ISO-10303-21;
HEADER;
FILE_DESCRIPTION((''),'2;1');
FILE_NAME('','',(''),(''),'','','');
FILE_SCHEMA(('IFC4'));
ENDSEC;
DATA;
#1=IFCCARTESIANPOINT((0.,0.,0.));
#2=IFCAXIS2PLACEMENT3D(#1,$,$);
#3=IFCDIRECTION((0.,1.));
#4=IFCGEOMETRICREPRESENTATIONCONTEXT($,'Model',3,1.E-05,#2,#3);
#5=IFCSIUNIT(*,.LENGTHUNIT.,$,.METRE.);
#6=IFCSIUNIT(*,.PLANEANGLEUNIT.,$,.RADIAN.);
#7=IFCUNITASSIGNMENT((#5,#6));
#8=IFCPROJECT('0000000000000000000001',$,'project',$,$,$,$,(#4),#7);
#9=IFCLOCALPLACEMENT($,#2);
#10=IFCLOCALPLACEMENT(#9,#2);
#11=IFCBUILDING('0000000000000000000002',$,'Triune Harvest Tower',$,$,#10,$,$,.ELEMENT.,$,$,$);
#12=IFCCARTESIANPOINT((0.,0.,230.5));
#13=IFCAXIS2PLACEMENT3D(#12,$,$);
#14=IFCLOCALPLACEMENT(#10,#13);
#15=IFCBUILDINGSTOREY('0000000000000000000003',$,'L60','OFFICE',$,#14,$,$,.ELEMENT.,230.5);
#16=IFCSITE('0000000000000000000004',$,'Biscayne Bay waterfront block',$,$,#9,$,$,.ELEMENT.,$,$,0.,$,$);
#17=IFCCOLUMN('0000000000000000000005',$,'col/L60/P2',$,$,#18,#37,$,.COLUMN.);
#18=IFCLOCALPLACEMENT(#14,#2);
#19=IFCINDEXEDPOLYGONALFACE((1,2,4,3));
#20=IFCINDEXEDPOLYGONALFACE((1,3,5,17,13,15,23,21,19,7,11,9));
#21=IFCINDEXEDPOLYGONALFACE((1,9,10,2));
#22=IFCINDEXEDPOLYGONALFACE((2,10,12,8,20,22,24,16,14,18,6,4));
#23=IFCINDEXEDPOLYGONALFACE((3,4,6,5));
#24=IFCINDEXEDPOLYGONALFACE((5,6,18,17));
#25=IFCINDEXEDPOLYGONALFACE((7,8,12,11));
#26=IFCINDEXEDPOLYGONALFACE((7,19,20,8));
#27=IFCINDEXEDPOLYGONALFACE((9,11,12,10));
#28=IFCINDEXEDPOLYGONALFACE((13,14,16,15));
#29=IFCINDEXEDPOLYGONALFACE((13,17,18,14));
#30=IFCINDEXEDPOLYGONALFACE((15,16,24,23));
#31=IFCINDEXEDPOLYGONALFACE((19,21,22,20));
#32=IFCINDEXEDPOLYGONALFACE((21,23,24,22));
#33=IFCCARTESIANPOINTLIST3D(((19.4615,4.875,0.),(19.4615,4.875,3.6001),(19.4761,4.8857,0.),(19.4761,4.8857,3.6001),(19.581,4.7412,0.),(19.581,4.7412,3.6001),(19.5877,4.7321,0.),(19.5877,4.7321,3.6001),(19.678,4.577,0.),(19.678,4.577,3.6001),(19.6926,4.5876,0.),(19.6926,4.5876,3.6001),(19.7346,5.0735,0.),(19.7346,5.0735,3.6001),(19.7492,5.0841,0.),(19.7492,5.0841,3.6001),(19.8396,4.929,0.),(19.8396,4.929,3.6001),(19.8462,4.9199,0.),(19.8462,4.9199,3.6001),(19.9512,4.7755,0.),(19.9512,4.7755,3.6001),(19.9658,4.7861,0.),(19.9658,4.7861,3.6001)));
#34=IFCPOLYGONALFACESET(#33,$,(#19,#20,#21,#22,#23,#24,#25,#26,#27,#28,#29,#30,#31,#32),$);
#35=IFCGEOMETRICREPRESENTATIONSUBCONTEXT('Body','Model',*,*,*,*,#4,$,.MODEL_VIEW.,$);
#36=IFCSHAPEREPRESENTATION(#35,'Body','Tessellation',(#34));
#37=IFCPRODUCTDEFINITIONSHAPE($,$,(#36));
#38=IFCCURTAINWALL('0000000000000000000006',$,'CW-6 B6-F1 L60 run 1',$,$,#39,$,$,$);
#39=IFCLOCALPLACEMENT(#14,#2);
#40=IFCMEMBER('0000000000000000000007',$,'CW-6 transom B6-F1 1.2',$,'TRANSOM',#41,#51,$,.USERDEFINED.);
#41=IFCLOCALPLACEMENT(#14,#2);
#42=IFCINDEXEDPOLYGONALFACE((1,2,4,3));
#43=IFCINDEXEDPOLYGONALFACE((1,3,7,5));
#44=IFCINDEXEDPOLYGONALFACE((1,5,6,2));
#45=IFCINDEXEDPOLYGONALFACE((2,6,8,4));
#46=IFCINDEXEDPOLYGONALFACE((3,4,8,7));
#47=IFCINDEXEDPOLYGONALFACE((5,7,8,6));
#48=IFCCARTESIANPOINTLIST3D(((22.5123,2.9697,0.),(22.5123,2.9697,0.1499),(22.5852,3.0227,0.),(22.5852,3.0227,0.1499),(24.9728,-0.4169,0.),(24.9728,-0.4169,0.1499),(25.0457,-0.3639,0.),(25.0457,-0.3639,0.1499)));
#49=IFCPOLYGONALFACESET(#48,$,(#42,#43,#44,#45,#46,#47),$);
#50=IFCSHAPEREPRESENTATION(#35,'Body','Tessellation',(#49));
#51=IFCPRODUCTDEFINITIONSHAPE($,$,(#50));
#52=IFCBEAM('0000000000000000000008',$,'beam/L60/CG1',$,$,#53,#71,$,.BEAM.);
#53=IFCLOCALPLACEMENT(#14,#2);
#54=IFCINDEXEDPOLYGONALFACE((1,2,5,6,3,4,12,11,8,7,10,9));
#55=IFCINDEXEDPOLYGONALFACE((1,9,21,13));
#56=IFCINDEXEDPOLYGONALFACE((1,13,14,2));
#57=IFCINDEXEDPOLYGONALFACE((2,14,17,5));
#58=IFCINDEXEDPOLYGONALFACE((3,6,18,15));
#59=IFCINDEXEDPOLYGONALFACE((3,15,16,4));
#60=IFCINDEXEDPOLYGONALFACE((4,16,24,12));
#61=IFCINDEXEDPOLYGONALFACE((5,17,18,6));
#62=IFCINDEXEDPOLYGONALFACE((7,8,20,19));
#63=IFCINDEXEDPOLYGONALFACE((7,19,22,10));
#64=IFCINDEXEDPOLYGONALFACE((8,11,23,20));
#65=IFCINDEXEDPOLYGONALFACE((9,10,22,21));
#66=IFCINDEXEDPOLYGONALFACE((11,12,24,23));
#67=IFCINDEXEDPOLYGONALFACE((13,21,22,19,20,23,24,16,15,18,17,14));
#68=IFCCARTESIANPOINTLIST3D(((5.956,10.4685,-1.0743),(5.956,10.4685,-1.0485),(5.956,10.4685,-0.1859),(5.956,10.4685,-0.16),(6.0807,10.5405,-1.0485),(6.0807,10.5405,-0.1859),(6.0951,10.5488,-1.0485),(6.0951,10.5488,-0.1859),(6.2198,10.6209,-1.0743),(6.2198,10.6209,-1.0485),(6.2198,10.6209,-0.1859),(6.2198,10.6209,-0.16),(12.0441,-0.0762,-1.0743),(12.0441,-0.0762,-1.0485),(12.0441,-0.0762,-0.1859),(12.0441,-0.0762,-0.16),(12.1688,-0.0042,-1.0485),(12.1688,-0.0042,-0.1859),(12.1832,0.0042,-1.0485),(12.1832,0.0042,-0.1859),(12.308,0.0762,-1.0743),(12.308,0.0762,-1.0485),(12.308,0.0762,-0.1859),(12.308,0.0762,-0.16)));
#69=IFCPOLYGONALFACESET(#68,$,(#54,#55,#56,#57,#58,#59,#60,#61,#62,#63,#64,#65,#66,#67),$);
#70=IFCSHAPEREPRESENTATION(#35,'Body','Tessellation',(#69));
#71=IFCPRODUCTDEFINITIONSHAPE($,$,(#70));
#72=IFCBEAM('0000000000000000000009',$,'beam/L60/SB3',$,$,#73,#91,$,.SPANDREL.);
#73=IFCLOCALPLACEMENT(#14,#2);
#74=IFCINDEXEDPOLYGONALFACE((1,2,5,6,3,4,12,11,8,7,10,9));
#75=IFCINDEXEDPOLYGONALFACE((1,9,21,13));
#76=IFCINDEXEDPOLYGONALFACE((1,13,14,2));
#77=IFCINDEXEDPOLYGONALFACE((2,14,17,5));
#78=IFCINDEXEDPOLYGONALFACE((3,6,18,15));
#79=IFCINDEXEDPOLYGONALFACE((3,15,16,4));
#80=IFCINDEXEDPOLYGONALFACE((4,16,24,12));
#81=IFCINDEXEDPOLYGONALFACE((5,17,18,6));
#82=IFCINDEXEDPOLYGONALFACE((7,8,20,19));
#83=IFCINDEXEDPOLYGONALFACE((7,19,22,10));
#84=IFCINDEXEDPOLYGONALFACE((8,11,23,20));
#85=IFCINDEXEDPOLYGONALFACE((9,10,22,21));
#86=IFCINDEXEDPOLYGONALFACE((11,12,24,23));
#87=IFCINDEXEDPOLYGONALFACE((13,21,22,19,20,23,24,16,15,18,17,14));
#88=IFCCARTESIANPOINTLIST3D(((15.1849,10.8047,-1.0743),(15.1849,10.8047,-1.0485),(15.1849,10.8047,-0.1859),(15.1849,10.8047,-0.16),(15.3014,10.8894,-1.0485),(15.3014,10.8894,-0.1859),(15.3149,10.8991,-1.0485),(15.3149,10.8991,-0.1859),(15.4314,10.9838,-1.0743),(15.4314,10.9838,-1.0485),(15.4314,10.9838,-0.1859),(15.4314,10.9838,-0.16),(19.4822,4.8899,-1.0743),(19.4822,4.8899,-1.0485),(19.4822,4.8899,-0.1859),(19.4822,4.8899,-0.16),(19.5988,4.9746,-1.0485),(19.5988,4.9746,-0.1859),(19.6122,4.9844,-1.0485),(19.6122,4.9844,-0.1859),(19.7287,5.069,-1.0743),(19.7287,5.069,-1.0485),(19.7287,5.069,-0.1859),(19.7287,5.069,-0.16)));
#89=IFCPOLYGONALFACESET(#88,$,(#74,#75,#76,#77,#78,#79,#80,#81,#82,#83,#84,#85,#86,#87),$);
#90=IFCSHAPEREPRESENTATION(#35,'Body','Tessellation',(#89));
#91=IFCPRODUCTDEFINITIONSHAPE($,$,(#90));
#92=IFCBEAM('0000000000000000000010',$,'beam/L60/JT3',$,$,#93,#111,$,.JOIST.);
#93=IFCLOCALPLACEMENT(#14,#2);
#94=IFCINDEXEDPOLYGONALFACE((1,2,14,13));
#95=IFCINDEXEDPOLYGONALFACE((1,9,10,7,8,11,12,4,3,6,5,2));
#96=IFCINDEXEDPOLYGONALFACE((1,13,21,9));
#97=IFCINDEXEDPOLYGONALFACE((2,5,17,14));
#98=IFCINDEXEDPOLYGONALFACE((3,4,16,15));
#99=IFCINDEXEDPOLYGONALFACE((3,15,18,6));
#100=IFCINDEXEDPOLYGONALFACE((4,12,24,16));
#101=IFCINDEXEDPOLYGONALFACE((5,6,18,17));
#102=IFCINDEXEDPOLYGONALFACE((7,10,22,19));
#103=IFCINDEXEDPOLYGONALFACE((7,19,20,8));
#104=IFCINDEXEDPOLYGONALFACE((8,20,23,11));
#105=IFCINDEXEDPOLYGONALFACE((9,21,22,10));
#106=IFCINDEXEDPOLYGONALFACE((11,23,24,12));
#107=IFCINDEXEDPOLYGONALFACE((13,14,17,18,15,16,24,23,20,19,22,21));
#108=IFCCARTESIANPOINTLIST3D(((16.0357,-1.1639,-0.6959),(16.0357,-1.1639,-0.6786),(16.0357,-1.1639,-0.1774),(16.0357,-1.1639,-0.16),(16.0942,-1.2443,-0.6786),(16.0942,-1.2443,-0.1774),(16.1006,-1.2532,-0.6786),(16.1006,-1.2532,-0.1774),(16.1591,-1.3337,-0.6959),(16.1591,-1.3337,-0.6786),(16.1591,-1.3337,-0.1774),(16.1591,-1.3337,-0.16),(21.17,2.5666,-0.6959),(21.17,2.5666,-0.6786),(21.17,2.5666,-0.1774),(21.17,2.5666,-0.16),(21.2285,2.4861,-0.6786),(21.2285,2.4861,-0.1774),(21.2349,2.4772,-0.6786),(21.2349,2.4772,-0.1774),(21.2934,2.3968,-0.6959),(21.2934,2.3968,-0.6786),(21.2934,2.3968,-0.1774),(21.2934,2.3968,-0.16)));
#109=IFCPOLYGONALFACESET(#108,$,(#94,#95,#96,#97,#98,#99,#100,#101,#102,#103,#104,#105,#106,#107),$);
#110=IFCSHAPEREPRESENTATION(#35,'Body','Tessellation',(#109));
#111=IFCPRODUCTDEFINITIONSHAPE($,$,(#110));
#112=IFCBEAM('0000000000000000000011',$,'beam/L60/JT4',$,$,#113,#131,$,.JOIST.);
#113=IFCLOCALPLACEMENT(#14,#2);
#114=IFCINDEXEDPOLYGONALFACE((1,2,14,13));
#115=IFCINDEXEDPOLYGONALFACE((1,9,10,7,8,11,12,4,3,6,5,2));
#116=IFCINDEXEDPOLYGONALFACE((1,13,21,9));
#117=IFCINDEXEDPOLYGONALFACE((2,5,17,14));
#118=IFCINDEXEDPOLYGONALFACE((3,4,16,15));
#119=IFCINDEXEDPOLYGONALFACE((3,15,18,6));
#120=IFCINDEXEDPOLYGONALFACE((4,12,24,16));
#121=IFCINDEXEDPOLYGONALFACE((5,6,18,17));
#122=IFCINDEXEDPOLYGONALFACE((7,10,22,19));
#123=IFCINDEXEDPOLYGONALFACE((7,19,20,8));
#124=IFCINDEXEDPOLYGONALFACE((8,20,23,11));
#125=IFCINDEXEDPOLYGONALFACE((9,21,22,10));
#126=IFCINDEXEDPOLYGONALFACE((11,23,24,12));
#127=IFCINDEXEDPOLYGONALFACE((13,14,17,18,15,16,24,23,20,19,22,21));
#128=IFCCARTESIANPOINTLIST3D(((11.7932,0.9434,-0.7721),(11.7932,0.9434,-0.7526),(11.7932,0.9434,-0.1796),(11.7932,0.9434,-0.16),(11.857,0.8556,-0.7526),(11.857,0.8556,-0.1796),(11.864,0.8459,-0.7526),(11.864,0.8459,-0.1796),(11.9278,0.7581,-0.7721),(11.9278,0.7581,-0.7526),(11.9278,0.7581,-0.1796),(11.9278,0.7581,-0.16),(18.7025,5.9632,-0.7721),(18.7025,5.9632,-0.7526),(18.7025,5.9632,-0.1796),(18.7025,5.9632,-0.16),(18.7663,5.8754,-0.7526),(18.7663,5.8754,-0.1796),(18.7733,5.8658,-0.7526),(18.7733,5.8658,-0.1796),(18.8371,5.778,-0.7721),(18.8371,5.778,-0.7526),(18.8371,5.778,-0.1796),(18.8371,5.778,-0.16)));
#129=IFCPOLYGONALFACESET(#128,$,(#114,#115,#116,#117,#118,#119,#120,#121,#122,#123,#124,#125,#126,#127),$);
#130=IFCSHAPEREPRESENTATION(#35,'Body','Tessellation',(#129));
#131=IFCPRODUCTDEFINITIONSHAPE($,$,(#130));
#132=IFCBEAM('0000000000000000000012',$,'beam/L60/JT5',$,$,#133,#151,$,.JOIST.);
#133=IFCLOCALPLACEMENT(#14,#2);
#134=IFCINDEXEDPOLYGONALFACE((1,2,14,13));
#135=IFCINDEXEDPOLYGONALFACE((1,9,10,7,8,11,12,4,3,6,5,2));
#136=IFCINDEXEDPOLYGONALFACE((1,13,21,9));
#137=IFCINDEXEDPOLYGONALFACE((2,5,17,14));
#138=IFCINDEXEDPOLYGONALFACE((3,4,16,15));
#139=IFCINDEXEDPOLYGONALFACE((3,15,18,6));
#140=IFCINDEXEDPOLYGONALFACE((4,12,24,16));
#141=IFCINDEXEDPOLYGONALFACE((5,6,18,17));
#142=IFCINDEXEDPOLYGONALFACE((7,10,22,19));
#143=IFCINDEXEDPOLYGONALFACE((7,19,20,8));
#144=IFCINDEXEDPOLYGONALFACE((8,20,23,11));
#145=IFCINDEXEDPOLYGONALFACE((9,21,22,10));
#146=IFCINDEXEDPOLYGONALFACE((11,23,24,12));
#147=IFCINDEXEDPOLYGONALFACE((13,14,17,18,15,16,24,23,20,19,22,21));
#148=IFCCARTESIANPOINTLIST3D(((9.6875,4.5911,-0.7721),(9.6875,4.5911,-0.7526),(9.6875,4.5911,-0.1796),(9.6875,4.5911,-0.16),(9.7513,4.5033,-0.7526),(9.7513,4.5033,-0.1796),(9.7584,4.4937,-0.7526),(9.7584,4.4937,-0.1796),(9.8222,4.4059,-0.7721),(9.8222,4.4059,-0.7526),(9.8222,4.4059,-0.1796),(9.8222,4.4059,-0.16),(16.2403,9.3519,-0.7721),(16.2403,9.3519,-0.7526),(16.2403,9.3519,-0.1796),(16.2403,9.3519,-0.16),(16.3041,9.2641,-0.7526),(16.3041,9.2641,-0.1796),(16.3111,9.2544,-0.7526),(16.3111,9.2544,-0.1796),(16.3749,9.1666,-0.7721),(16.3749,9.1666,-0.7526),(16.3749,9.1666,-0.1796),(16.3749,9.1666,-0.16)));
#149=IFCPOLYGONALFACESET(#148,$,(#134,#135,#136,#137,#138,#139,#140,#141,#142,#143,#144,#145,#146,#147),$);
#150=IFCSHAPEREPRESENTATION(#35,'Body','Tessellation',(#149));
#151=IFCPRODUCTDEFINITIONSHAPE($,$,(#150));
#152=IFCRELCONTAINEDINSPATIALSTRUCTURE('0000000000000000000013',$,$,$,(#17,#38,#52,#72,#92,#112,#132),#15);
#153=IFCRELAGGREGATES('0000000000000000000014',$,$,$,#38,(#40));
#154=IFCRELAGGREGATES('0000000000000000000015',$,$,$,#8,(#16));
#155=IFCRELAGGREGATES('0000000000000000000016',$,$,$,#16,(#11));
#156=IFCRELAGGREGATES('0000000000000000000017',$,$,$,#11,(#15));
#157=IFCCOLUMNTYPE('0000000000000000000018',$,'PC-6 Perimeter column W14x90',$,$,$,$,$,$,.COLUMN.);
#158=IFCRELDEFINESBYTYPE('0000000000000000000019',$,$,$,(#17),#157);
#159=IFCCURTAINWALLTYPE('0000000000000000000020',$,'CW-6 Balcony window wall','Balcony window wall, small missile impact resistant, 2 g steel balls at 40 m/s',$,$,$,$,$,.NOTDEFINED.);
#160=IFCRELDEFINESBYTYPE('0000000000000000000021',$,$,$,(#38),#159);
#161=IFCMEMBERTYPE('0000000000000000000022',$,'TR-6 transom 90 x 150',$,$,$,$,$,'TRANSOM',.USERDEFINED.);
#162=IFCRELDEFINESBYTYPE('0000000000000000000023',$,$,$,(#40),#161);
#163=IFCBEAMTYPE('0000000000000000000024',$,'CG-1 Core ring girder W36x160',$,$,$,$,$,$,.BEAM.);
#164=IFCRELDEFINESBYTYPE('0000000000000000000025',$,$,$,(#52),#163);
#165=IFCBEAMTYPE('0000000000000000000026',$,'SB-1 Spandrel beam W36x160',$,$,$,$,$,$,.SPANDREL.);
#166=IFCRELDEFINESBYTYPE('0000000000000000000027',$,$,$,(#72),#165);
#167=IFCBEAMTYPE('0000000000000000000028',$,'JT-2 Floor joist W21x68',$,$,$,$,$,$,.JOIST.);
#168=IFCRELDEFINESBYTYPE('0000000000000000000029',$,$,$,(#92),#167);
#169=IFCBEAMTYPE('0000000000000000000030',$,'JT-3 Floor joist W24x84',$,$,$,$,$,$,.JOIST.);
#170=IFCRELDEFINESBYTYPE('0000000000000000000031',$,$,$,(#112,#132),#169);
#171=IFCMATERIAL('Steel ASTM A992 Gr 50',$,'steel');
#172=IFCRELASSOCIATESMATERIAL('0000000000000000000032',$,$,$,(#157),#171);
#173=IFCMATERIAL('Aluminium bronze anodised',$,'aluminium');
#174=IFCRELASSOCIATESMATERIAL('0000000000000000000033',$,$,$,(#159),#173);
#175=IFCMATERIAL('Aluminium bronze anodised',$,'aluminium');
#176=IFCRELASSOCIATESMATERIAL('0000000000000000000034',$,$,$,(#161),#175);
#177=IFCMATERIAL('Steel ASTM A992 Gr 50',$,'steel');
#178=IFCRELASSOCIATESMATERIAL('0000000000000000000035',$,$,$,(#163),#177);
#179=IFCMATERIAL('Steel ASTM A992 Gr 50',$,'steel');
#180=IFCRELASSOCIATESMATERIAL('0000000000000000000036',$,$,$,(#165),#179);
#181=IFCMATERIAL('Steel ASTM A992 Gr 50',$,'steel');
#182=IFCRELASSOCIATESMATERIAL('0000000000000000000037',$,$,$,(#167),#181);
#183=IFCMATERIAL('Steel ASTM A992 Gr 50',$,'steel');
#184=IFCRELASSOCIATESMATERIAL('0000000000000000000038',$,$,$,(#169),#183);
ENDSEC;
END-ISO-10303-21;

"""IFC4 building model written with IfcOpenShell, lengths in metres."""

from ifc_helpers import new_model, si_unit, direction, frame, origin, origin_2d, place, context, subcontext, project, spatial, rectangle, i_section, extrude, source, transform, mapped, material, material_profile, profile_set, type_object, element, aggregate, save


model = new_model("IFC4")

# Units and contexts
model_context = context("Model", 3, precision=1e-05, world=origin(), true_north=direction((0.0, 1.0)))
body_context = subcontext(model_context, "Body", "Model", "MODEL_VIEW")
ifc_project = project(units=[si_unit("LENGTHUNIT", "METRE"), si_unit("PLANEANGLEUNIT", "RADIAN")], contexts=[model_context])

# Site, building, storey
site_placement = place(None, origin())
site = spatial("IfcSite", under=ifc_project, at=site_placement, Name="Biscayne Bay waterfront block", CompositionType="ELEMENT", RefElevation=0.0)
building_placement = place(site_placement, origin())
building = spatial("IfcBuilding", under=site, at=building_placement, Name="Triune Harvest Tower", CompositionType="ELEMENT")
storey_placement = place(building_placement, frame((0.0, 0.0, 230.5)))
storey = spatial("IfcBuildingStorey", under=building, at=storey_placement, Name="L60", Description="OFFICE", CompositionType="ELEMENT", Elevation=230.5)

# Column
ifc_material_1 = material(Name="Steel ASTM A992 Gr 50", Category="steel")
ifc_material_profile_1 = material_profile(ifc_material_1, i_section(OverallWidth=0.3684, OverallDepth=0.3557, WebThickness=0.0112, FlangeThickness=0.0181, at=origin_2d()), Name="W14x90")
ifc_profile_set_1 = profile_set([ifc_material_profile_1], Name="Steel ASTM A992 Gr 50")
column_type = type_object("IfcColumnType", Name="PC-6 Perimeter column W14x90", PredefinedType="COLUMN", material=ifc_profile_set_1)
shared_shape_1 = source(origin(), body_context, "Body", "SweptSolid", [
    extrude(i_section(OverallWidth=0.3684, OverallDepth=0.3557, WebThickness=0.0112, FlangeThickness=0.0181, at=origin_2d()), origin(), (0.0, 0.0, 1.0), 3.6001),
])
column_placement = place(storey_placement, frame((19.7136, 4.8306, 0.0), z_axis=(0.0, 0.0, 1.0), x_axis=(-0.587785, 0.809017, 0.0)))
element("IfcColumn", 1, at=column_placement, inside=storey, type_object=column_type, Name="col/L60/P2", PredefinedType="COLUMN", context=body_context, shape_type="MappedRepresentation", body=[
    mapped(shared_shape_1, transform((0.0, 0.0, 0.0), scale=1.0)),
])

# Curtain wall, member
ifc_material_2 = material(Name="Aluminium bronze anodised", Category="aluminium")
curtain_wall_type_1 = type_object("IfcCurtainWallType", Name="CW-6 Balcony window wall", Description="Balcony window wall, small missile impact resistant, 2 g steel balls at 40 m/s", PredefinedType="NOTDEFINED", material=ifc_material_2)
curtain_wall_1_placement = place(storey_placement, origin())
curtain_wall_1 = element("IfcCurtainWall", 2, at=curtain_wall_1_placement, inside=storey, type_object=curtain_wall_type_1, Name="CW-6 B6-F1 L60 run 1")
ifc_material_3 = material(Name="Aluminium bronze anodised", Category="aluminium")
ifc_material_profile_2 = material_profile(ifc_material_3, rectangle(XDim=0.0901, YDim=0.1499, at=origin_2d()), Name="TR-6 transom 90 x 150")
ifc_profile_set_2 = profile_set([ifc_material_profile_2], Name="Aluminium bronze anodised")
member_type_1 = type_object("IfcMemberType", Name="TR-6 transom 90 x 150", ElementType="TRANSOM", PredefinedType="USERDEFINED", material=ifc_profile_set_2)
member_1_placement = place(storey_placement, frame((25.0093, -0.3904, 0.075), z_axis=(-0.58779, 0.809013, 0.0), x_axis=(-0.809013, -0.58779, 0.0)))
member_1 = element("IfcMember", 3, at=member_1_placement, type_object=member_type_1, Name="CW-6 transom B6-F1 1.2", ObjectType="TRANSOM", PredefinedType="USERDEFINED", context=body_context, shape_type="SweptSolid", body=[
    extrude(rectangle(XDim=0.0901, YDim=0.1499, at=origin_2d()), origin(), (0.0, 0.0, 1.0), 4.186),
])

# Beams
ifc_material_4 = material(Name="Steel ASTM A992 Gr 50", Category="steel")
ifc_material_profile_3 = material_profile(ifc_material_4, i_section(OverallWidth=0.3047, OverallDepth=0.9143, WebThickness=0.0166, FlangeThickness=0.0259, at=origin_2d()), Name="W36x160")
ifc_profile_set_3 = profile_set([ifc_material_profile_3], Name="Steel ASTM A992 Gr 50")
beam_type_1 = type_object("IfcBeamType", Name="CG-1 Core ring girder W36x160", PredefinedType="BEAM", material=ifc_profile_set_3)
shared_shape_2 = source(origin(), body_context, "Body", "SweptSolid", [
    extrude(i_section(OverallWidth=0.3047, OverallDepth=0.9143, WebThickness=0.0166, FlangeThickness=0.0259, at=origin_2d()), origin(), (0.0, 0.0, 1.0), 12.176),
])
beam_1_placement = place(storey_placement, frame((12.176, 0.0, -0.6172), z_axis=(-0.50001, 0.86602, 0.0), x_axis=(-0.86602, -0.50001, 0.0)))
element("IfcBeam", 4, at=beam_1_placement, inside=storey, type_object=beam_type_1, Name="beam/L60/CG1", PredefinedType="BEAM", context=body_context, shape_type="MappedRepresentation", body=[
    mapped(shared_shape_2, transform((0.0, 0.0, 0.0), scale=1.0)),
])
ifc_material_5 = material(Name="Steel ASTM A992 Gr 50", Category="steel")
ifc_material_profile_4 = material_profile(ifc_material_5, i_section(OverallWidth=0.3047, OverallDepth=0.9143, WebThickness=0.0166, FlangeThickness=0.0259, at=origin_2d()), Name="W36x160")
ifc_profile_set_4 = profile_set([ifc_material_profile_4], Name="Steel ASTM A992 Gr 50")
beam_type_2 = type_object("IfcBeamType", Name="SB-1 Spandrel beam W36x160", PredefinedType="SPANDREL", material=ifc_profile_set_4)
shared_shape_3 = source(origin(), body_context, "Body", "SweptSolid", [
    extrude(i_section(OverallWidth=0.3047, OverallDepth=0.9143, WebThickness=0.0166, FlangeThickness=0.0259, at=origin_2d()), origin(), (0.0, 0.0, 1.0), 7.311),
])
beam_2_placement = place(storey_placement, frame((19.6055, 4.9795, -0.6172), z_axis=(-0.587786, 0.809016, 0.0), x_axis=(-0.809016, -0.587786, 0.0)))
element("IfcBeam", 5, at=beam_2_placement, inside=storey, type_object=beam_type_2, Name="beam/L60/SB3", PredefinedType="SPANDREL", context=body_context, shape_type="MappedRepresentation", body=[
    mapped(shared_shape_3, transform((0.0, 0.0, 0.0), scale=1.0)),
])
ifc_material_6 = material(Name="Steel ASTM A992 Gr 50", Category="steel")
ifc_material_profile_5 = material_profile(ifc_material_6, i_section(OverallWidth=0.21, OverallDepth=0.5359, WebThickness=0.011, FlangeThickness=0.0173, at=origin_2d()), Name="W21x68")
ifc_profile_set_5 = profile_set([ifc_material_profile_5], Name="Steel ASTM A992 Gr 50")
beam_type_3 = type_object("IfcBeamType", Name="JT-2 Floor joist W21x68", PredefinedType="JOIST", material=ifc_profile_set_5)
shared_shape_4 = source(origin(), body_context, "Body", "SweptSolid", [
    extrude(i_section(OverallWidth=0.21, OverallDepth=0.5359, WebThickness=0.011, FlangeThickness=0.0173, at=origin_2d()), origin(), (0.0, 0.0, 1.0), 6.3464),
])
beam_3_placement = place(storey_placement, frame((21.2317, 2.4817, -0.428), z_axis=(-0.809002, -0.587806, 0.0), x_axis=(0.587806, -0.809002, 0.0)))
element("IfcBeam", 6, at=beam_3_placement, inside=storey, type_object=beam_type_3, Name="beam/L60/JT3", PredefinedType="JOIST", context=body_context, shape_type="MappedRepresentation", body=[
    mapped(shared_shape_4, transform((0.0, 0.0, 0.0), scale=1.0)),
])
ifc_material_7 = material(Name="Steel ASTM A992 Gr 50", Category="steel")
ifc_material_profile_6 = material_profile(ifc_material_7, i_section(OverallWidth=0.229, OverallDepth=0.6121, WebThickness=0.012, FlangeThickness=0.0195, at=origin_2d()), Name="W24x84")
ifc_profile_set_6 = profile_set([ifc_material_profile_6], Name="Steel ASTM A992 Gr 50")
beam_type_4 = type_object("IfcBeamType", Name="JT-3 Floor joist W24x84", PredefinedType="JOIST", material=ifc_profile_set_6)
shared_shape_5 = source(origin(), body_context, "Body", "SweptSolid", [
    extrude(i_section(OverallWidth=0.229, OverallDepth=0.6121, WebThickness=0.012, FlangeThickness=0.0195, at=origin_2d()), origin(), (0.0, 0.0, 1.0), 8.5403),
])
beam_4_placement = place(storey_placement, frame((18.7698, 5.8706, -0.4661), z_axis=(-0.809019, -0.587782, 0.0), x_axis=(0.587782, -0.809019, 0.0)))
element("IfcBeam", 7, at=beam_4_placement, inside=storey, type_object=beam_type_4, Name="beam/L60/JT4", PredefinedType="JOIST", context=body_context, shape_type="MappedRepresentation", body=[
    mapped(shared_shape_5, transform((0.0, 0.0, 0.0), scale=1.0)),
])
shared_shape_6 = source(origin(), body_context, "Body", "SweptSolid", [
    extrude(i_section(OverallWidth=0.229, OverallDepth=0.6121, WebThickness=0.012, FlangeThickness=0.0195, at=origin_2d()), origin(), (0.0, 0.0, 1.0), 8.0996),
])
beam_5_placement = place(storey_placement, frame((16.3076, 9.2593, -0.4661), z_axis=(-0.809023, -0.587777, 0.0), x_axis=(0.587777, -0.809023, 0.0)))
element("IfcBeam", 8, at=beam_5_placement, inside=storey, type_object=beam_type_4, Name="beam/L60/JT5", PredefinedType="JOIST", context=body_context, shape_type="MappedRepresentation", body=[
    mapped(shared_shape_6, transform((0.0, 0.0, 0.0), scale=1.0)),
])

aggregate(curtain_wall_1, [member_1])

save(model, "model.ifc")
